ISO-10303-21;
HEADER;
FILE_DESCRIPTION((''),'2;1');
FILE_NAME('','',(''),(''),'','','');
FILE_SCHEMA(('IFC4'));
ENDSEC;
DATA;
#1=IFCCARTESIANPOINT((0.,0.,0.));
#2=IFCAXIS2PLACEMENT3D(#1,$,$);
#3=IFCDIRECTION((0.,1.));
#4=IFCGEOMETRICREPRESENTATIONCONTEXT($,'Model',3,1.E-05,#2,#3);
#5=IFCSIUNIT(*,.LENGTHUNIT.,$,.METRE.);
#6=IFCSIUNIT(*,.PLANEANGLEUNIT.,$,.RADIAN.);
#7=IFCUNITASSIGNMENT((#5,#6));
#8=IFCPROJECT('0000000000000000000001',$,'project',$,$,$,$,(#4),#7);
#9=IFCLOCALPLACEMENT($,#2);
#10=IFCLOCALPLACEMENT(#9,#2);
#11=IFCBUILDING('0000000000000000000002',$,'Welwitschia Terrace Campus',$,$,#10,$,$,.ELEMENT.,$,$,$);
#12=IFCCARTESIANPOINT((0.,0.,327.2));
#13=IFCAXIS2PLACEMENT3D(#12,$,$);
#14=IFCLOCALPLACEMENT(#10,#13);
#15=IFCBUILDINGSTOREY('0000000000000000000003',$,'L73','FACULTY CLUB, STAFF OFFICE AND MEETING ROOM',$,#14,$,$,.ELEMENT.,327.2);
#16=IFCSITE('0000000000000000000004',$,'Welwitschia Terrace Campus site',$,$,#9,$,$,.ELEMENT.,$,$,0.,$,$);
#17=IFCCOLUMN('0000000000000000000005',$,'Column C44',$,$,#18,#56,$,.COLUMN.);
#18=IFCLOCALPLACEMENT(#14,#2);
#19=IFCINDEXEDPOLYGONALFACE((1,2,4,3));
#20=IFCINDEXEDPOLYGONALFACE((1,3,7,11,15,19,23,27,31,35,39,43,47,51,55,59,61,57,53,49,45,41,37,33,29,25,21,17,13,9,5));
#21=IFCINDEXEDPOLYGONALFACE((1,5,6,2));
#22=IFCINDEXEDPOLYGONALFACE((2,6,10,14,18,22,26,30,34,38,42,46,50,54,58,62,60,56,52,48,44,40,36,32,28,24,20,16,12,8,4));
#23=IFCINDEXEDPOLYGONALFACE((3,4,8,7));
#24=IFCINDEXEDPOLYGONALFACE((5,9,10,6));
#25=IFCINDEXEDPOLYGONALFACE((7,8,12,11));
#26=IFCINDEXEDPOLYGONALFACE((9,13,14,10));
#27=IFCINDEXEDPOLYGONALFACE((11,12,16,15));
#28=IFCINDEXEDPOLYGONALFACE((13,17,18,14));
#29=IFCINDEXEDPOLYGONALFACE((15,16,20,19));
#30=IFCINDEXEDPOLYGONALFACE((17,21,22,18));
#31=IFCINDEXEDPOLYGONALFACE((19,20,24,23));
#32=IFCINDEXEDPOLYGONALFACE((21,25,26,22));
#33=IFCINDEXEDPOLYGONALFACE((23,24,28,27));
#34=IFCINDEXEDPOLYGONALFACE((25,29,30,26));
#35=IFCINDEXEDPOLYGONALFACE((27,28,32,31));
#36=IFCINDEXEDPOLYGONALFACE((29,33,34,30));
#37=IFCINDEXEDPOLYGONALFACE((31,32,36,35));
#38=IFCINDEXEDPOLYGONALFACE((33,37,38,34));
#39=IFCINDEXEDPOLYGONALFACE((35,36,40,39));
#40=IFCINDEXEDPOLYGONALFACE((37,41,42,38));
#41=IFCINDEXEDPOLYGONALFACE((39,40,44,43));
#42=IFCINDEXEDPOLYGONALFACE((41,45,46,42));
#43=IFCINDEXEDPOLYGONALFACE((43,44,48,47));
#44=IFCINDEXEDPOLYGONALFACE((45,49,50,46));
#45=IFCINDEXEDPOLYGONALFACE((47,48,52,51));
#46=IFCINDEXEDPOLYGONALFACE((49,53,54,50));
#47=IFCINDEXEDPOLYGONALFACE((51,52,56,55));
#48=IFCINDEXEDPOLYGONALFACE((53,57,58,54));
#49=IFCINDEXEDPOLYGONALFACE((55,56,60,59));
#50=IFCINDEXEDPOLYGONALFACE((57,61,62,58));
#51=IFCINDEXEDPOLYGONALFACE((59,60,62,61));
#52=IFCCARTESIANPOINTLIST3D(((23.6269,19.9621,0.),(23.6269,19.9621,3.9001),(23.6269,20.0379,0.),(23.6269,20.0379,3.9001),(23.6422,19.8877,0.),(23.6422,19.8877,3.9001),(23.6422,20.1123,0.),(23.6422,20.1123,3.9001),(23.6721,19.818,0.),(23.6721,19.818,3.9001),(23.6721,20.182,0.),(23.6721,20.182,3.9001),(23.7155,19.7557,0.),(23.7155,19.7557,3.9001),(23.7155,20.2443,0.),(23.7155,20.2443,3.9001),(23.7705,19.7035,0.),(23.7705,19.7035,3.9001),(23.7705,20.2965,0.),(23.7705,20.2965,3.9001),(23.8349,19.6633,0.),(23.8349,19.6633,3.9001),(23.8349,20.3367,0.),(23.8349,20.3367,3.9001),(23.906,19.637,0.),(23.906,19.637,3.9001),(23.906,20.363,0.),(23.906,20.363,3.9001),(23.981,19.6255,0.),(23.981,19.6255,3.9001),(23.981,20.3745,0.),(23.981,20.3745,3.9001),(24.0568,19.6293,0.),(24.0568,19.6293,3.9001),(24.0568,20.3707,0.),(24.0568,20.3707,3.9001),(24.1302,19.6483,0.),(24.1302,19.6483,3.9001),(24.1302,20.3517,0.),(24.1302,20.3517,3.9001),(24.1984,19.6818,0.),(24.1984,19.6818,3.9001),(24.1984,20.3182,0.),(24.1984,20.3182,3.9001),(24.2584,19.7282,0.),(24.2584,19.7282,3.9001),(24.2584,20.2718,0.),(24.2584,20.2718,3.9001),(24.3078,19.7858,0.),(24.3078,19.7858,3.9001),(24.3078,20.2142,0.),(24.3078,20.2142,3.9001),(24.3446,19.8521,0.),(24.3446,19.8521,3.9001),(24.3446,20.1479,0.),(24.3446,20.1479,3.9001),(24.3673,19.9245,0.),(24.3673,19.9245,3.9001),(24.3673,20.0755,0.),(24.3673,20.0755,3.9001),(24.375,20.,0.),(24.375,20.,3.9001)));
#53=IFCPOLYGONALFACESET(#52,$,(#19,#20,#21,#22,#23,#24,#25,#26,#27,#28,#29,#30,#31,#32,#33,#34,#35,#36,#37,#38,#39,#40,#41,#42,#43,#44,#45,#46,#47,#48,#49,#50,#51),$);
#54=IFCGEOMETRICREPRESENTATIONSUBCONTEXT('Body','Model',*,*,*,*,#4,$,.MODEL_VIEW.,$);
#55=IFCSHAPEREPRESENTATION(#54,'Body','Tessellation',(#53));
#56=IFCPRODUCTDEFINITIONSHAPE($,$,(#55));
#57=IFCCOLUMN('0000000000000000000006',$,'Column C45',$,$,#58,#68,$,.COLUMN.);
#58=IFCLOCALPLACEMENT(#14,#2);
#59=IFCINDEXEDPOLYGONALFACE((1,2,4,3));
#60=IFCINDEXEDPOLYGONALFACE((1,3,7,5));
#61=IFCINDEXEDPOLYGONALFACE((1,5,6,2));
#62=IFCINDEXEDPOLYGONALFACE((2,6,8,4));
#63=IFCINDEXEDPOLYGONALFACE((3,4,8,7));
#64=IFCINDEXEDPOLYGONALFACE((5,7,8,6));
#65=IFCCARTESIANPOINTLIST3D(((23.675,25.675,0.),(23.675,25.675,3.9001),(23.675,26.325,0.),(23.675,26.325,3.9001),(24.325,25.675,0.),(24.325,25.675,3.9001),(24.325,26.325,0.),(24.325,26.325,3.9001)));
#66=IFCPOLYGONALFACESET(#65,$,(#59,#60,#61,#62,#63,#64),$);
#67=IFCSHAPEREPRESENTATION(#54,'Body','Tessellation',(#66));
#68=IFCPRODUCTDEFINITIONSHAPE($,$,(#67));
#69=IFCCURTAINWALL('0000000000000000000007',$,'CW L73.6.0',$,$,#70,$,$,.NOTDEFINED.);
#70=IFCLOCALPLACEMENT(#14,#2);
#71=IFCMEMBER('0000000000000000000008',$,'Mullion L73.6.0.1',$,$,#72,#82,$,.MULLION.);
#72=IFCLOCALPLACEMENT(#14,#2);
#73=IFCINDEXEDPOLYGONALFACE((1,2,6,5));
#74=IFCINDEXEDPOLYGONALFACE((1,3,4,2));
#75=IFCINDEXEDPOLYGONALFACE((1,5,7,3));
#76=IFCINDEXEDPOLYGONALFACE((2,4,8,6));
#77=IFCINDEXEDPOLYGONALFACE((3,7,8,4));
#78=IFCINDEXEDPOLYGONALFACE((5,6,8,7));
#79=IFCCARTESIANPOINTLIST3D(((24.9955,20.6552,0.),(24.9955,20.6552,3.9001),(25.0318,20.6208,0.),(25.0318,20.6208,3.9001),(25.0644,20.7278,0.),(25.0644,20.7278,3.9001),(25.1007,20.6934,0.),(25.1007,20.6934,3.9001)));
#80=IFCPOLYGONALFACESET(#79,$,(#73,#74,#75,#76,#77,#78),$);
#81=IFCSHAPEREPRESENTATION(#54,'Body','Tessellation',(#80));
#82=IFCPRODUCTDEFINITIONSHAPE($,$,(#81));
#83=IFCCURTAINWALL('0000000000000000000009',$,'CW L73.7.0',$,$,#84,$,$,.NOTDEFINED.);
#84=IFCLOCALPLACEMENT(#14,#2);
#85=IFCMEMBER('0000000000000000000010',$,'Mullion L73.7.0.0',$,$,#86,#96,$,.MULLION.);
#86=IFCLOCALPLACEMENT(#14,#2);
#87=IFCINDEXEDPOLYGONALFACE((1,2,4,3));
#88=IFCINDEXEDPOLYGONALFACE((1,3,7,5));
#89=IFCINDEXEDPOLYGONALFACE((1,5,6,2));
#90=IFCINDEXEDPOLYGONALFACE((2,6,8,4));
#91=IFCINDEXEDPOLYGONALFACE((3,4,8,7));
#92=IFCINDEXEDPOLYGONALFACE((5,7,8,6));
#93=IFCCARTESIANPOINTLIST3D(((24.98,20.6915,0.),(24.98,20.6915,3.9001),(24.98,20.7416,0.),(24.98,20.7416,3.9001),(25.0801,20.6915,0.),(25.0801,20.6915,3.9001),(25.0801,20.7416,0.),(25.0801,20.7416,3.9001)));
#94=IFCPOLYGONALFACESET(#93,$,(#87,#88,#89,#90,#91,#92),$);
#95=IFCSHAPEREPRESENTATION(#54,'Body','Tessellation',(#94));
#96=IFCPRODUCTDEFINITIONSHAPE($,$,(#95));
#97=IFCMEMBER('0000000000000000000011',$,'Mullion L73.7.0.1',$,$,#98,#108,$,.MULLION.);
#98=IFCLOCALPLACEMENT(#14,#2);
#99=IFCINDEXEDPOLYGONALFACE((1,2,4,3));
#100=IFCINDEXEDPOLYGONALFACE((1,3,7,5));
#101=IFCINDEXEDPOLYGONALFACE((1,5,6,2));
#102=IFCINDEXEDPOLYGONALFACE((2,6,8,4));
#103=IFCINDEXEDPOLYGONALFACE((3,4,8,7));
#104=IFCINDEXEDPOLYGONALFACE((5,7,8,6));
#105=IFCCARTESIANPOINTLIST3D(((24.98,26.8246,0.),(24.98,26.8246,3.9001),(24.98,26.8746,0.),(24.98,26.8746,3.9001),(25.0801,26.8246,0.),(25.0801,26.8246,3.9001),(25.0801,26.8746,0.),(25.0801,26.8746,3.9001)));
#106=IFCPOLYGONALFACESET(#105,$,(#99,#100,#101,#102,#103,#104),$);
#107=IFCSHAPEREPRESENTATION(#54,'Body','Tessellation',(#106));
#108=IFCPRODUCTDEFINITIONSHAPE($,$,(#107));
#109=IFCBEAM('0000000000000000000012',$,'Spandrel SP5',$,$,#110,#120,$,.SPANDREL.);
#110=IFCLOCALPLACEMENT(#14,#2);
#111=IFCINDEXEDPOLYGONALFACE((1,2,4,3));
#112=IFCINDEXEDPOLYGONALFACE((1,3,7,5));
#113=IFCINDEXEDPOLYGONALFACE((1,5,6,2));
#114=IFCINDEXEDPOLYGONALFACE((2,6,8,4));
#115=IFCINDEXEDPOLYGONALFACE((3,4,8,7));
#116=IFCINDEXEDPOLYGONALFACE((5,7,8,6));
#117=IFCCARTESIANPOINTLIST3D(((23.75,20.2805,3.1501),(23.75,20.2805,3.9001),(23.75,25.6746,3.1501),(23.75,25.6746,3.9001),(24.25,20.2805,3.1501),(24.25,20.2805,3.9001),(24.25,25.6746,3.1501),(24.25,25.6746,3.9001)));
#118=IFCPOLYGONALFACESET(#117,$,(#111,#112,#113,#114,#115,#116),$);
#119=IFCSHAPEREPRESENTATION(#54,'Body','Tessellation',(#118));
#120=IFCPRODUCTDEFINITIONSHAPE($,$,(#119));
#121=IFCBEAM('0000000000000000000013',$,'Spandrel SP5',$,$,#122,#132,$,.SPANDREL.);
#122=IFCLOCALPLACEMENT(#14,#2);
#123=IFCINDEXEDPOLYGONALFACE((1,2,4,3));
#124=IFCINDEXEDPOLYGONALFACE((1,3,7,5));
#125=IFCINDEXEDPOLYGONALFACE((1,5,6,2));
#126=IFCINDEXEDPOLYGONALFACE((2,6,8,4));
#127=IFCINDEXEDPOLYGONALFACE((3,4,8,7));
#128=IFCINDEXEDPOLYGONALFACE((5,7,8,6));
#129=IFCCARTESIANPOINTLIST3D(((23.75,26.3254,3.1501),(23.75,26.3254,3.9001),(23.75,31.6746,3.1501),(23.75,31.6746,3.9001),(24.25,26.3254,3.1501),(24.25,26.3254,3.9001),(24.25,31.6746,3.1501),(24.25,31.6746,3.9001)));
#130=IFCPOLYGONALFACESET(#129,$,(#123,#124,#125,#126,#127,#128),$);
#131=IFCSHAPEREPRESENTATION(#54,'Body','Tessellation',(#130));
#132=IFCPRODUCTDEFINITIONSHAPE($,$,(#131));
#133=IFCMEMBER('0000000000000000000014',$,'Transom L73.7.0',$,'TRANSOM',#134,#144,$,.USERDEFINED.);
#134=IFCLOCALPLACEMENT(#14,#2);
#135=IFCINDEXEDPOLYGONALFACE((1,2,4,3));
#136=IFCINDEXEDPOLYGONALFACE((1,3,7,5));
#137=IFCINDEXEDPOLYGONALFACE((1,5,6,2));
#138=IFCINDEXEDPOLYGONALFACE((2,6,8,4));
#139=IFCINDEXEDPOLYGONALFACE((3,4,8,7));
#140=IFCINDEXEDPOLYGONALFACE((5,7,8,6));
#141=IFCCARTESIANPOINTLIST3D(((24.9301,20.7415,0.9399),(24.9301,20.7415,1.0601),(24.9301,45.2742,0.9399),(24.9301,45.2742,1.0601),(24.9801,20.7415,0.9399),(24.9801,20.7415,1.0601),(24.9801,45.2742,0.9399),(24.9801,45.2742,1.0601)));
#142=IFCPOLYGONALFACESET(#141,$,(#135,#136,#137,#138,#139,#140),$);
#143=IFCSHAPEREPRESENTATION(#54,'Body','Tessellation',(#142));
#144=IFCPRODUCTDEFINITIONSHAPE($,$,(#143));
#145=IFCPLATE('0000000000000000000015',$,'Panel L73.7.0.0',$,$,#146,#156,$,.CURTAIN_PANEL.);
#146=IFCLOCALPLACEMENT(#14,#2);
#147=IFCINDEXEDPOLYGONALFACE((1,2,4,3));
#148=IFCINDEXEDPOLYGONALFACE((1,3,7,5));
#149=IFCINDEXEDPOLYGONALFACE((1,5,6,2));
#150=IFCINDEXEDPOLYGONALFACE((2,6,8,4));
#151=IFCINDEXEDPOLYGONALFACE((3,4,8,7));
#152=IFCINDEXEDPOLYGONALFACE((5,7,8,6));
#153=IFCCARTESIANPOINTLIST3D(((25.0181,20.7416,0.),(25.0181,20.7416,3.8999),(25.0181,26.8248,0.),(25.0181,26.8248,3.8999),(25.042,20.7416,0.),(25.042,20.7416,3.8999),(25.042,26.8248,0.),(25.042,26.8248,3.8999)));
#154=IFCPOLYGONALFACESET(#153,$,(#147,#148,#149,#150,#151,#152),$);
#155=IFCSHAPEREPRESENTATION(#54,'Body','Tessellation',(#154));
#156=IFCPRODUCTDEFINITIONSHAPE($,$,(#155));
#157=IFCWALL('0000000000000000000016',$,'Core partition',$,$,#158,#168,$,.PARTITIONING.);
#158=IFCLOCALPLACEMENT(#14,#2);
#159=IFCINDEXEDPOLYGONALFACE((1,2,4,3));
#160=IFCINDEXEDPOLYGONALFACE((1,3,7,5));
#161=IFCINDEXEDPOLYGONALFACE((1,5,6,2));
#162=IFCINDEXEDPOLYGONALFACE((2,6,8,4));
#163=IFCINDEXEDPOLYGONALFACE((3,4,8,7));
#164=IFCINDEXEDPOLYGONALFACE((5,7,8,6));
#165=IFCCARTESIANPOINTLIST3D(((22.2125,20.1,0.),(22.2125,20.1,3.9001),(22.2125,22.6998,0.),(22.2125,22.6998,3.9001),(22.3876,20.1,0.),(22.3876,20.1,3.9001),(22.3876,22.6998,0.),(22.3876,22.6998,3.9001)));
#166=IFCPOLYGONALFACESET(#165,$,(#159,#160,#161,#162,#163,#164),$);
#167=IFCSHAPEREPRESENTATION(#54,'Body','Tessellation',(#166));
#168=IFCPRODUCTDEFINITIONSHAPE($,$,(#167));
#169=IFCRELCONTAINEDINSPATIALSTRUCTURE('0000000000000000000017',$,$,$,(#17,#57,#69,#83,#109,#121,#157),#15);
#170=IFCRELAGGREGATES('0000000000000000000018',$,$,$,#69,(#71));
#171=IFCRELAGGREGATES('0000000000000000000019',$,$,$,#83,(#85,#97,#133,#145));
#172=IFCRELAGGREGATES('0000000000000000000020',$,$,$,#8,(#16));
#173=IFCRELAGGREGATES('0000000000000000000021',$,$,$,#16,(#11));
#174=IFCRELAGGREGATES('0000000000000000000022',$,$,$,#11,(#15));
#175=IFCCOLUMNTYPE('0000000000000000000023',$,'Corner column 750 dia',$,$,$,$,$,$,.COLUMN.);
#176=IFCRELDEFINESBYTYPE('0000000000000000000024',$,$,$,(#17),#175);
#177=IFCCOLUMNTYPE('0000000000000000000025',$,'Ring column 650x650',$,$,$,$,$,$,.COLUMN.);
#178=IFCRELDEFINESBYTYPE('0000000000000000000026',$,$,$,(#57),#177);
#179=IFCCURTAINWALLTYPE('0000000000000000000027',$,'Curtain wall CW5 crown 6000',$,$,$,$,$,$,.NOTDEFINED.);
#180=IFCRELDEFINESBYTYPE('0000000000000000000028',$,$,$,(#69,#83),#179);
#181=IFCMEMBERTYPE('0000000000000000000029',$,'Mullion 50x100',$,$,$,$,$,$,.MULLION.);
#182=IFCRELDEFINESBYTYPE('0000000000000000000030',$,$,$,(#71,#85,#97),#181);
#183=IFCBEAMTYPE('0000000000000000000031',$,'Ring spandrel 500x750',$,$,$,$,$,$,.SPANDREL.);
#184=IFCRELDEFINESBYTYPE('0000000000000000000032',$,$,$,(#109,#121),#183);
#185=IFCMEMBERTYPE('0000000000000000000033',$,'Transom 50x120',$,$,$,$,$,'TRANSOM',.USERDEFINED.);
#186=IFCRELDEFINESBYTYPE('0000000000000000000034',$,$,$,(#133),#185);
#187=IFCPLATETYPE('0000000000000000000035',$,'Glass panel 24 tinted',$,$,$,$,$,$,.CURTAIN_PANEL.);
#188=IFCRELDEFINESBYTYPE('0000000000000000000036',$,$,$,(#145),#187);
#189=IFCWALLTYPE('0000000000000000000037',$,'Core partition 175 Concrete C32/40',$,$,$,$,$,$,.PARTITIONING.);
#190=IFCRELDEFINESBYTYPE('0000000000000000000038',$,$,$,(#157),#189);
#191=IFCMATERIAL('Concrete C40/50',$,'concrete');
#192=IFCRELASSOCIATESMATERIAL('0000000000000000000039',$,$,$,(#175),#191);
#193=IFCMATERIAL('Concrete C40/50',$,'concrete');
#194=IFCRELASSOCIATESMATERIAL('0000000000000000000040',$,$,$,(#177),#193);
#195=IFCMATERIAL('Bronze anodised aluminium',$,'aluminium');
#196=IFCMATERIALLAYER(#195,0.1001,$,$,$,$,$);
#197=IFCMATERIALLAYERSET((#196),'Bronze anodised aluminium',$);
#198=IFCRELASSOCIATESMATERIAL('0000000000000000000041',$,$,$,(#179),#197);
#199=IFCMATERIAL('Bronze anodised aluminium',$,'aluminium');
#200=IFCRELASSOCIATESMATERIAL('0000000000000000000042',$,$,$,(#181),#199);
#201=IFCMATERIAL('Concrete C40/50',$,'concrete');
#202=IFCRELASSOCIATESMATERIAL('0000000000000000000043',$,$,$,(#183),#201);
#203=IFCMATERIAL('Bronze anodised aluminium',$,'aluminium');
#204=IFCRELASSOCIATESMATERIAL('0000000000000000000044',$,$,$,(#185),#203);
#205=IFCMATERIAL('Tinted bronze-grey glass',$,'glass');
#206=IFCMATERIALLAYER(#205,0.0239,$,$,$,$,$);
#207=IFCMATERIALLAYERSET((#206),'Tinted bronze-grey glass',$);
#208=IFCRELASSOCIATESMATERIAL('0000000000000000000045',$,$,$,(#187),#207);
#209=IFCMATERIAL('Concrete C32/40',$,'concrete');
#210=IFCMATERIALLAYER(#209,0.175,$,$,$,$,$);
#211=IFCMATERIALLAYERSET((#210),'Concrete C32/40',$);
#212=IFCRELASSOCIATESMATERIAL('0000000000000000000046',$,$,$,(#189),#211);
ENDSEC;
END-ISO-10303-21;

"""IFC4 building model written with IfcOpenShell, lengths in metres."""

from ifc_helpers import new_model, si_unit, direction, frame, frame_2d, origin, origin_2d, place, context, subcontext, project, spatial, rectangle, circle, extrude, material, layer, layer_set, material_profile, profile_set, type_object, element, aggregate, save


model = new_model("IFC4")

# Units and contexts
model_context = context("Model", 3, precision=1e-05, world=origin(), true_north=direction((0.0, 1.0)))
body_context = subcontext(model_context, "Body", "Model", "MODEL_VIEW")
ifc_project = project(units=[si_unit("LENGTHUNIT", "METRE"), si_unit("PLANEANGLEUNIT", "RADIAN")], contexts=[model_context])

# Site, building, storey
site_placement = place(None, origin())
site = spatial("IfcSite", under=ifc_project, at=site_placement, Name="Welwitschia Terrace Campus site", CompositionType="ELEMENT", RefElevation=0.0)
building_placement = place(site_placement, origin())
building = spatial("IfcBuilding", under=site, at=building_placement, Name="Welwitschia Terrace Campus", CompositionType="ELEMENT")
storey_placement = place(building_placement, frame((0.0, 0.0, 327.2)))
storey = spatial("IfcBuildingStorey", under=building, at=storey_placement, Name="L73", Description="FACULTY CLUB, STAFF OFFICE AND MEETING ROOM", CompositionType="ELEMENT", Elevation=327.2)

# Columns
ifc_material_1 = material(Name="Concrete C40/50", Category="concrete")
ifc_material_profile_1 = material_profile(ifc_material_1, circle(Radius=0.375, at=origin_2d()))
ifc_profile_set_1 = profile_set([ifc_material_profile_1], Name="Concrete C40/50")
column_type_1 = type_object("IfcColumnType", Name="Corner column 750 dia", PredefinedType="COLUMN", material=ifc_profile_set_1)
column_1_placement = place(storey_placement, frame((24.0, 20.0, 0.0), z_axis=(0.0, 0.0, 1.0), x_axis=(1.0, 0.0, 0.0)))
element("IfcColumn", 1, at=column_1_placement, inside=storey, type_object=column_type_1, Name="Column C44", PredefinedType="COLUMN", context=body_context, shape_type="SweptSolid", body=[
    extrude(circle(Radius=0.375, at=origin_2d()), origin(), (0.0, 0.0, 1.0), 3.9001),
])
ifc_material_2 = material(Name="Concrete C40/50", Category="concrete")
ifc_material_profile_2 = material_profile(ifc_material_2, rectangle(XDim=0.6499, YDim=0.6499, at=origin_2d()))
ifc_profile_set_2 = profile_set([ifc_material_profile_2], Name="Concrete C40/50")
column_type_2 = type_object("IfcColumnType", Name="Ring column 650x650", PredefinedType="COLUMN", material=ifc_profile_set_2)
column_2_placement = place(storey_placement, frame((24.0, 26.0, 0.0), z_axis=(0.0, 0.0, 1.0), x_axis=(1.0, 0.0, 0.0)))
element("IfcColumn", 2, at=column_2_placement, inside=storey, type_object=column_type_2, Name="Column C45", PredefinedType="COLUMN", context=body_context, shape_type="SweptSolid", body=[
    extrude(rectangle(XDim=0.6499, YDim=0.6499, at=origin_2d()), origin(), (0.0, 0.0, 1.0), 3.9001),
])

# Curtain wall, member
ifc_material_3 = material(Name="Bronze anodised aluminium", Category="aluminium")
ifc_layer_1 = layer(ifc_material_3, 0.1001)
ifc_layer_set_1 = layer_set([ifc_layer_1], Name="Bronze anodised aluminium")
curtain_wall_type = type_object("IfcCurtainWallType", Name="Curtain wall CW5 crown 6000", PredefinedType="NOTDEFINED", material=ifc_layer_set_1)
curtain_wall_1_placement = place(storey_placement, origin())
curtain_wall_1 = element("IfcCurtainWall", 3, at=curtain_wall_1_placement, inside=storey, type_object=curtain_wall_type, Name="CW L73.6.0", PredefinedType="NOTDEFINED")
ifc_material_4 = material(Name="Bronze anodised aluminium", Category="aluminium")
ifc_material_profile_3 = material_profile(ifc_material_4, rectangle(XDim=0.1001, YDim=0.05, at=origin_2d()))
ifc_profile_set_3 = profile_set([ifc_material_profile_3], Name="Bronze anodised aluminium")
member_type_1 = type_object("IfcMemberType", Name="Mullion 50x100", PredefinedType="MULLION", material=ifc_profile_set_3)
member_1_placement = place(storey_placement, frame((25.0481, 20.6743, 0.0), z_axis=(0.0, 0.0, 1.0), x_axis=(-0.688355, -0.725374, 0.0)))
member_1 = element("IfcMember", 4, at=member_1_placement, type_object=member_type_1, Name="Mullion L73.6.0.1", PredefinedType="MULLION", context=body_context, shape_type="SweptSolid", body=[
    extrude(rectangle(XDim=0.1001, YDim=0.05, at=origin_2d()), origin(), (0.0, 0.0, 1.0), 3.9001),
])
aggregate(curtain_wall_1, [member_1])

# Curtain wall, members
curtain_wall_2_placement = place(storey_placement, origin())
curtain_wall_2 = element("IfcCurtainWall", 5, at=curtain_wall_2_placement, inside=storey, type_object=curtain_wall_type, Name="CW L73.7.0", PredefinedType="NOTDEFINED")
member_2_placement = place(storey_placement, frame((25.03, 20.7166, 0.0), z_axis=(0.0, 0.0, 1.0), x_axis=(-1.0, 0.0, 0.0)))
member_2 = element("IfcMember", 6, at=member_2_placement, type_object=member_type_1, Name="Mullion L73.7.0.0", PredefinedType="MULLION", context=body_context, shape_type="SweptSolid", body=[
    extrude(rectangle(XDim=0.1001, YDim=0.05, at=origin_2d()), origin(), (0.0, 0.0, 1.0), 3.9001),
])
member_3_placement = place(storey_placement, frame((25.03, 26.8496, 0.0), z_axis=(0.0, 0.0, 1.0), x_axis=(-1.0, 0.0, 0.0)))
member_3 = element("IfcMember", 7, at=member_3_placement, type_object=member_type_1, Name="Mullion L73.7.0.1", PredefinedType="MULLION", context=body_context, shape_type="SweptSolid", body=[
    extrude(rectangle(XDim=0.1001, YDim=0.05, at=origin_2d()), origin(), (0.0, 0.0, 1.0), 3.9001),
])

# Beams
ifc_material_5 = material(Name="Concrete C40/50", Category="concrete")
ifc_material_profile_4 = material_profile(ifc_material_5, rectangle(XDim=0.5, YDim=0.75, at=origin_2d()))
ifc_profile_set_4 = profile_set([ifc_material_profile_4], Name="Concrete C40/50")
beam_type = type_object("IfcBeamType", Name="Ring spandrel 500x750", PredefinedType="SPANDREL", material=ifc_profile_set_4)
beam_1_placement = place(storey_placement, frame((24.0, 20.2805, 3.5251), z_axis=(0.0, 1.0, 0.0), x_axis=(-1.0, 0.0, 0.0)))
element("IfcBeam", 8, at=beam_1_placement, inside=storey, type_object=beam_type, Name="Spandrel SP5", PredefinedType="SPANDREL", context=body_context, shape_type="SweptSolid", body=[
    extrude(rectangle(XDim=0.5, YDim=0.75, at=origin_2d()), origin(), (0.0, 0.0, 1.0), 5.394),
])
beam_2_placement = place(storey_placement, frame((24.0, 26.3254, 3.5251), z_axis=(0.0, 1.0, 0.0), x_axis=(-1.0, 0.0, 0.0)))
element("IfcBeam", 9, at=beam_2_placement, inside=storey, type_object=beam_type, Name="Spandrel SP5", PredefinedType="SPANDREL", context=body_context, shape_type="SweptSolid", body=[
    extrude(rectangle(XDim=0.5, YDim=0.75, at=origin_2d()), origin(), (0.0, 0.0, 1.0), 5.3491),
])

# Member
ifc_material_6 = material(Name="Bronze anodised aluminium", Category="aluminium")
ifc_material_profile_5 = material_profile(ifc_material_6, rectangle(XDim=0.05, YDim=0.1201, at=origin_2d()))
ifc_profile_set_5 = profile_set([ifc_material_profile_5], Name="Bronze anodised aluminium")
member_type_2 = type_object("IfcMemberType", Name="Transom 50x120", ElementType="TRANSOM", PredefinedType="USERDEFINED", material=ifc_profile_set_5)
member_4_placement = place(storey_placement, frame((24.9551, 20.7415, 1.0), z_axis=(0.0, 1.0, 0.0), x_axis=(-1.0, 0.0, 0.0)))
member_4 = element("IfcMember", 10, at=member_4_placement, type_object=member_type_2, Name="Transom L73.7.0", ObjectType="TRANSOM", PredefinedType="USERDEFINED", context=body_context, shape_type="SweptSolid", body=[
    extrude(rectangle(XDim=0.05, YDim=0.1201, at=origin_2d()), origin(), (0.0, 0.0, 1.0), 24.5327),
])

# Plate
ifc_material_7 = material(Name="Tinted bronze-grey glass", Category="glass")
ifc_layer_2 = layer(ifc_material_7, 0.0239)
ifc_layer_set_2 = layer_set([ifc_layer_2], Name="Tinted bronze-grey glass")
plate_type = type_object("IfcPlateType", Name="Glass panel 24 tinted", PredefinedType="CURTAIN_PANEL", material=ifc_layer_set_2)
plate_placement = place(storey_placement, frame((25.03, 23.7832, 0.0), z_axis=(0.0, 0.0, 1.0), x_axis=(0.0, 1.0, 0.0)))
plate = element("IfcPlate", 11, at=plate_placement, type_object=plate_type, Name="Panel L73.7.0.0", PredefinedType="CURTAIN_PANEL", context=body_context, shape_type="SweptSolid", body=[
    extrude(rectangle(XDim=6.0833, YDim=0.0239, at=origin_2d()), origin(), (0.0, 0.0, 1.0), 3.8999),
])
aggregate(curtain_wall_2, [member_2, member_3, member_4, plate])

# Wall
ifc_material_8 = material(Name="Concrete C32/40", Category="concrete")
ifc_layer_3 = layer(ifc_material_8, 0.175)
ifc_layer_set_3 = layer_set([ifc_layer_3], Name="Concrete C32/40")
wall_type_1 = type_object("IfcWallType", Name="Core partition 175 Concrete C32/40", PredefinedType="PARTITIONING", material=ifc_layer_set_3)
wall_1_placement = place(storey_placement, frame((22.3, 20.1001, 0.0), z_axis=(0.0, 0.0, 1.0), x_axis=(0.0, 1.0, 0.0)))
element("IfcWall", 12, at=wall_1_placement, inside=storey, type_object=wall_type_1, Name="Core partition", PredefinedType="PARTITIONING", context=body_context, shape_type="SweptSolid", body=[
    extrude(rectangle(XDim=2.5999, YDim=0.175, at=frame_2d((1.2998, 0.0))), origin(), (0.0, 0.0, 1.0), 3.9001),
])

save(model, "model.ifc")
